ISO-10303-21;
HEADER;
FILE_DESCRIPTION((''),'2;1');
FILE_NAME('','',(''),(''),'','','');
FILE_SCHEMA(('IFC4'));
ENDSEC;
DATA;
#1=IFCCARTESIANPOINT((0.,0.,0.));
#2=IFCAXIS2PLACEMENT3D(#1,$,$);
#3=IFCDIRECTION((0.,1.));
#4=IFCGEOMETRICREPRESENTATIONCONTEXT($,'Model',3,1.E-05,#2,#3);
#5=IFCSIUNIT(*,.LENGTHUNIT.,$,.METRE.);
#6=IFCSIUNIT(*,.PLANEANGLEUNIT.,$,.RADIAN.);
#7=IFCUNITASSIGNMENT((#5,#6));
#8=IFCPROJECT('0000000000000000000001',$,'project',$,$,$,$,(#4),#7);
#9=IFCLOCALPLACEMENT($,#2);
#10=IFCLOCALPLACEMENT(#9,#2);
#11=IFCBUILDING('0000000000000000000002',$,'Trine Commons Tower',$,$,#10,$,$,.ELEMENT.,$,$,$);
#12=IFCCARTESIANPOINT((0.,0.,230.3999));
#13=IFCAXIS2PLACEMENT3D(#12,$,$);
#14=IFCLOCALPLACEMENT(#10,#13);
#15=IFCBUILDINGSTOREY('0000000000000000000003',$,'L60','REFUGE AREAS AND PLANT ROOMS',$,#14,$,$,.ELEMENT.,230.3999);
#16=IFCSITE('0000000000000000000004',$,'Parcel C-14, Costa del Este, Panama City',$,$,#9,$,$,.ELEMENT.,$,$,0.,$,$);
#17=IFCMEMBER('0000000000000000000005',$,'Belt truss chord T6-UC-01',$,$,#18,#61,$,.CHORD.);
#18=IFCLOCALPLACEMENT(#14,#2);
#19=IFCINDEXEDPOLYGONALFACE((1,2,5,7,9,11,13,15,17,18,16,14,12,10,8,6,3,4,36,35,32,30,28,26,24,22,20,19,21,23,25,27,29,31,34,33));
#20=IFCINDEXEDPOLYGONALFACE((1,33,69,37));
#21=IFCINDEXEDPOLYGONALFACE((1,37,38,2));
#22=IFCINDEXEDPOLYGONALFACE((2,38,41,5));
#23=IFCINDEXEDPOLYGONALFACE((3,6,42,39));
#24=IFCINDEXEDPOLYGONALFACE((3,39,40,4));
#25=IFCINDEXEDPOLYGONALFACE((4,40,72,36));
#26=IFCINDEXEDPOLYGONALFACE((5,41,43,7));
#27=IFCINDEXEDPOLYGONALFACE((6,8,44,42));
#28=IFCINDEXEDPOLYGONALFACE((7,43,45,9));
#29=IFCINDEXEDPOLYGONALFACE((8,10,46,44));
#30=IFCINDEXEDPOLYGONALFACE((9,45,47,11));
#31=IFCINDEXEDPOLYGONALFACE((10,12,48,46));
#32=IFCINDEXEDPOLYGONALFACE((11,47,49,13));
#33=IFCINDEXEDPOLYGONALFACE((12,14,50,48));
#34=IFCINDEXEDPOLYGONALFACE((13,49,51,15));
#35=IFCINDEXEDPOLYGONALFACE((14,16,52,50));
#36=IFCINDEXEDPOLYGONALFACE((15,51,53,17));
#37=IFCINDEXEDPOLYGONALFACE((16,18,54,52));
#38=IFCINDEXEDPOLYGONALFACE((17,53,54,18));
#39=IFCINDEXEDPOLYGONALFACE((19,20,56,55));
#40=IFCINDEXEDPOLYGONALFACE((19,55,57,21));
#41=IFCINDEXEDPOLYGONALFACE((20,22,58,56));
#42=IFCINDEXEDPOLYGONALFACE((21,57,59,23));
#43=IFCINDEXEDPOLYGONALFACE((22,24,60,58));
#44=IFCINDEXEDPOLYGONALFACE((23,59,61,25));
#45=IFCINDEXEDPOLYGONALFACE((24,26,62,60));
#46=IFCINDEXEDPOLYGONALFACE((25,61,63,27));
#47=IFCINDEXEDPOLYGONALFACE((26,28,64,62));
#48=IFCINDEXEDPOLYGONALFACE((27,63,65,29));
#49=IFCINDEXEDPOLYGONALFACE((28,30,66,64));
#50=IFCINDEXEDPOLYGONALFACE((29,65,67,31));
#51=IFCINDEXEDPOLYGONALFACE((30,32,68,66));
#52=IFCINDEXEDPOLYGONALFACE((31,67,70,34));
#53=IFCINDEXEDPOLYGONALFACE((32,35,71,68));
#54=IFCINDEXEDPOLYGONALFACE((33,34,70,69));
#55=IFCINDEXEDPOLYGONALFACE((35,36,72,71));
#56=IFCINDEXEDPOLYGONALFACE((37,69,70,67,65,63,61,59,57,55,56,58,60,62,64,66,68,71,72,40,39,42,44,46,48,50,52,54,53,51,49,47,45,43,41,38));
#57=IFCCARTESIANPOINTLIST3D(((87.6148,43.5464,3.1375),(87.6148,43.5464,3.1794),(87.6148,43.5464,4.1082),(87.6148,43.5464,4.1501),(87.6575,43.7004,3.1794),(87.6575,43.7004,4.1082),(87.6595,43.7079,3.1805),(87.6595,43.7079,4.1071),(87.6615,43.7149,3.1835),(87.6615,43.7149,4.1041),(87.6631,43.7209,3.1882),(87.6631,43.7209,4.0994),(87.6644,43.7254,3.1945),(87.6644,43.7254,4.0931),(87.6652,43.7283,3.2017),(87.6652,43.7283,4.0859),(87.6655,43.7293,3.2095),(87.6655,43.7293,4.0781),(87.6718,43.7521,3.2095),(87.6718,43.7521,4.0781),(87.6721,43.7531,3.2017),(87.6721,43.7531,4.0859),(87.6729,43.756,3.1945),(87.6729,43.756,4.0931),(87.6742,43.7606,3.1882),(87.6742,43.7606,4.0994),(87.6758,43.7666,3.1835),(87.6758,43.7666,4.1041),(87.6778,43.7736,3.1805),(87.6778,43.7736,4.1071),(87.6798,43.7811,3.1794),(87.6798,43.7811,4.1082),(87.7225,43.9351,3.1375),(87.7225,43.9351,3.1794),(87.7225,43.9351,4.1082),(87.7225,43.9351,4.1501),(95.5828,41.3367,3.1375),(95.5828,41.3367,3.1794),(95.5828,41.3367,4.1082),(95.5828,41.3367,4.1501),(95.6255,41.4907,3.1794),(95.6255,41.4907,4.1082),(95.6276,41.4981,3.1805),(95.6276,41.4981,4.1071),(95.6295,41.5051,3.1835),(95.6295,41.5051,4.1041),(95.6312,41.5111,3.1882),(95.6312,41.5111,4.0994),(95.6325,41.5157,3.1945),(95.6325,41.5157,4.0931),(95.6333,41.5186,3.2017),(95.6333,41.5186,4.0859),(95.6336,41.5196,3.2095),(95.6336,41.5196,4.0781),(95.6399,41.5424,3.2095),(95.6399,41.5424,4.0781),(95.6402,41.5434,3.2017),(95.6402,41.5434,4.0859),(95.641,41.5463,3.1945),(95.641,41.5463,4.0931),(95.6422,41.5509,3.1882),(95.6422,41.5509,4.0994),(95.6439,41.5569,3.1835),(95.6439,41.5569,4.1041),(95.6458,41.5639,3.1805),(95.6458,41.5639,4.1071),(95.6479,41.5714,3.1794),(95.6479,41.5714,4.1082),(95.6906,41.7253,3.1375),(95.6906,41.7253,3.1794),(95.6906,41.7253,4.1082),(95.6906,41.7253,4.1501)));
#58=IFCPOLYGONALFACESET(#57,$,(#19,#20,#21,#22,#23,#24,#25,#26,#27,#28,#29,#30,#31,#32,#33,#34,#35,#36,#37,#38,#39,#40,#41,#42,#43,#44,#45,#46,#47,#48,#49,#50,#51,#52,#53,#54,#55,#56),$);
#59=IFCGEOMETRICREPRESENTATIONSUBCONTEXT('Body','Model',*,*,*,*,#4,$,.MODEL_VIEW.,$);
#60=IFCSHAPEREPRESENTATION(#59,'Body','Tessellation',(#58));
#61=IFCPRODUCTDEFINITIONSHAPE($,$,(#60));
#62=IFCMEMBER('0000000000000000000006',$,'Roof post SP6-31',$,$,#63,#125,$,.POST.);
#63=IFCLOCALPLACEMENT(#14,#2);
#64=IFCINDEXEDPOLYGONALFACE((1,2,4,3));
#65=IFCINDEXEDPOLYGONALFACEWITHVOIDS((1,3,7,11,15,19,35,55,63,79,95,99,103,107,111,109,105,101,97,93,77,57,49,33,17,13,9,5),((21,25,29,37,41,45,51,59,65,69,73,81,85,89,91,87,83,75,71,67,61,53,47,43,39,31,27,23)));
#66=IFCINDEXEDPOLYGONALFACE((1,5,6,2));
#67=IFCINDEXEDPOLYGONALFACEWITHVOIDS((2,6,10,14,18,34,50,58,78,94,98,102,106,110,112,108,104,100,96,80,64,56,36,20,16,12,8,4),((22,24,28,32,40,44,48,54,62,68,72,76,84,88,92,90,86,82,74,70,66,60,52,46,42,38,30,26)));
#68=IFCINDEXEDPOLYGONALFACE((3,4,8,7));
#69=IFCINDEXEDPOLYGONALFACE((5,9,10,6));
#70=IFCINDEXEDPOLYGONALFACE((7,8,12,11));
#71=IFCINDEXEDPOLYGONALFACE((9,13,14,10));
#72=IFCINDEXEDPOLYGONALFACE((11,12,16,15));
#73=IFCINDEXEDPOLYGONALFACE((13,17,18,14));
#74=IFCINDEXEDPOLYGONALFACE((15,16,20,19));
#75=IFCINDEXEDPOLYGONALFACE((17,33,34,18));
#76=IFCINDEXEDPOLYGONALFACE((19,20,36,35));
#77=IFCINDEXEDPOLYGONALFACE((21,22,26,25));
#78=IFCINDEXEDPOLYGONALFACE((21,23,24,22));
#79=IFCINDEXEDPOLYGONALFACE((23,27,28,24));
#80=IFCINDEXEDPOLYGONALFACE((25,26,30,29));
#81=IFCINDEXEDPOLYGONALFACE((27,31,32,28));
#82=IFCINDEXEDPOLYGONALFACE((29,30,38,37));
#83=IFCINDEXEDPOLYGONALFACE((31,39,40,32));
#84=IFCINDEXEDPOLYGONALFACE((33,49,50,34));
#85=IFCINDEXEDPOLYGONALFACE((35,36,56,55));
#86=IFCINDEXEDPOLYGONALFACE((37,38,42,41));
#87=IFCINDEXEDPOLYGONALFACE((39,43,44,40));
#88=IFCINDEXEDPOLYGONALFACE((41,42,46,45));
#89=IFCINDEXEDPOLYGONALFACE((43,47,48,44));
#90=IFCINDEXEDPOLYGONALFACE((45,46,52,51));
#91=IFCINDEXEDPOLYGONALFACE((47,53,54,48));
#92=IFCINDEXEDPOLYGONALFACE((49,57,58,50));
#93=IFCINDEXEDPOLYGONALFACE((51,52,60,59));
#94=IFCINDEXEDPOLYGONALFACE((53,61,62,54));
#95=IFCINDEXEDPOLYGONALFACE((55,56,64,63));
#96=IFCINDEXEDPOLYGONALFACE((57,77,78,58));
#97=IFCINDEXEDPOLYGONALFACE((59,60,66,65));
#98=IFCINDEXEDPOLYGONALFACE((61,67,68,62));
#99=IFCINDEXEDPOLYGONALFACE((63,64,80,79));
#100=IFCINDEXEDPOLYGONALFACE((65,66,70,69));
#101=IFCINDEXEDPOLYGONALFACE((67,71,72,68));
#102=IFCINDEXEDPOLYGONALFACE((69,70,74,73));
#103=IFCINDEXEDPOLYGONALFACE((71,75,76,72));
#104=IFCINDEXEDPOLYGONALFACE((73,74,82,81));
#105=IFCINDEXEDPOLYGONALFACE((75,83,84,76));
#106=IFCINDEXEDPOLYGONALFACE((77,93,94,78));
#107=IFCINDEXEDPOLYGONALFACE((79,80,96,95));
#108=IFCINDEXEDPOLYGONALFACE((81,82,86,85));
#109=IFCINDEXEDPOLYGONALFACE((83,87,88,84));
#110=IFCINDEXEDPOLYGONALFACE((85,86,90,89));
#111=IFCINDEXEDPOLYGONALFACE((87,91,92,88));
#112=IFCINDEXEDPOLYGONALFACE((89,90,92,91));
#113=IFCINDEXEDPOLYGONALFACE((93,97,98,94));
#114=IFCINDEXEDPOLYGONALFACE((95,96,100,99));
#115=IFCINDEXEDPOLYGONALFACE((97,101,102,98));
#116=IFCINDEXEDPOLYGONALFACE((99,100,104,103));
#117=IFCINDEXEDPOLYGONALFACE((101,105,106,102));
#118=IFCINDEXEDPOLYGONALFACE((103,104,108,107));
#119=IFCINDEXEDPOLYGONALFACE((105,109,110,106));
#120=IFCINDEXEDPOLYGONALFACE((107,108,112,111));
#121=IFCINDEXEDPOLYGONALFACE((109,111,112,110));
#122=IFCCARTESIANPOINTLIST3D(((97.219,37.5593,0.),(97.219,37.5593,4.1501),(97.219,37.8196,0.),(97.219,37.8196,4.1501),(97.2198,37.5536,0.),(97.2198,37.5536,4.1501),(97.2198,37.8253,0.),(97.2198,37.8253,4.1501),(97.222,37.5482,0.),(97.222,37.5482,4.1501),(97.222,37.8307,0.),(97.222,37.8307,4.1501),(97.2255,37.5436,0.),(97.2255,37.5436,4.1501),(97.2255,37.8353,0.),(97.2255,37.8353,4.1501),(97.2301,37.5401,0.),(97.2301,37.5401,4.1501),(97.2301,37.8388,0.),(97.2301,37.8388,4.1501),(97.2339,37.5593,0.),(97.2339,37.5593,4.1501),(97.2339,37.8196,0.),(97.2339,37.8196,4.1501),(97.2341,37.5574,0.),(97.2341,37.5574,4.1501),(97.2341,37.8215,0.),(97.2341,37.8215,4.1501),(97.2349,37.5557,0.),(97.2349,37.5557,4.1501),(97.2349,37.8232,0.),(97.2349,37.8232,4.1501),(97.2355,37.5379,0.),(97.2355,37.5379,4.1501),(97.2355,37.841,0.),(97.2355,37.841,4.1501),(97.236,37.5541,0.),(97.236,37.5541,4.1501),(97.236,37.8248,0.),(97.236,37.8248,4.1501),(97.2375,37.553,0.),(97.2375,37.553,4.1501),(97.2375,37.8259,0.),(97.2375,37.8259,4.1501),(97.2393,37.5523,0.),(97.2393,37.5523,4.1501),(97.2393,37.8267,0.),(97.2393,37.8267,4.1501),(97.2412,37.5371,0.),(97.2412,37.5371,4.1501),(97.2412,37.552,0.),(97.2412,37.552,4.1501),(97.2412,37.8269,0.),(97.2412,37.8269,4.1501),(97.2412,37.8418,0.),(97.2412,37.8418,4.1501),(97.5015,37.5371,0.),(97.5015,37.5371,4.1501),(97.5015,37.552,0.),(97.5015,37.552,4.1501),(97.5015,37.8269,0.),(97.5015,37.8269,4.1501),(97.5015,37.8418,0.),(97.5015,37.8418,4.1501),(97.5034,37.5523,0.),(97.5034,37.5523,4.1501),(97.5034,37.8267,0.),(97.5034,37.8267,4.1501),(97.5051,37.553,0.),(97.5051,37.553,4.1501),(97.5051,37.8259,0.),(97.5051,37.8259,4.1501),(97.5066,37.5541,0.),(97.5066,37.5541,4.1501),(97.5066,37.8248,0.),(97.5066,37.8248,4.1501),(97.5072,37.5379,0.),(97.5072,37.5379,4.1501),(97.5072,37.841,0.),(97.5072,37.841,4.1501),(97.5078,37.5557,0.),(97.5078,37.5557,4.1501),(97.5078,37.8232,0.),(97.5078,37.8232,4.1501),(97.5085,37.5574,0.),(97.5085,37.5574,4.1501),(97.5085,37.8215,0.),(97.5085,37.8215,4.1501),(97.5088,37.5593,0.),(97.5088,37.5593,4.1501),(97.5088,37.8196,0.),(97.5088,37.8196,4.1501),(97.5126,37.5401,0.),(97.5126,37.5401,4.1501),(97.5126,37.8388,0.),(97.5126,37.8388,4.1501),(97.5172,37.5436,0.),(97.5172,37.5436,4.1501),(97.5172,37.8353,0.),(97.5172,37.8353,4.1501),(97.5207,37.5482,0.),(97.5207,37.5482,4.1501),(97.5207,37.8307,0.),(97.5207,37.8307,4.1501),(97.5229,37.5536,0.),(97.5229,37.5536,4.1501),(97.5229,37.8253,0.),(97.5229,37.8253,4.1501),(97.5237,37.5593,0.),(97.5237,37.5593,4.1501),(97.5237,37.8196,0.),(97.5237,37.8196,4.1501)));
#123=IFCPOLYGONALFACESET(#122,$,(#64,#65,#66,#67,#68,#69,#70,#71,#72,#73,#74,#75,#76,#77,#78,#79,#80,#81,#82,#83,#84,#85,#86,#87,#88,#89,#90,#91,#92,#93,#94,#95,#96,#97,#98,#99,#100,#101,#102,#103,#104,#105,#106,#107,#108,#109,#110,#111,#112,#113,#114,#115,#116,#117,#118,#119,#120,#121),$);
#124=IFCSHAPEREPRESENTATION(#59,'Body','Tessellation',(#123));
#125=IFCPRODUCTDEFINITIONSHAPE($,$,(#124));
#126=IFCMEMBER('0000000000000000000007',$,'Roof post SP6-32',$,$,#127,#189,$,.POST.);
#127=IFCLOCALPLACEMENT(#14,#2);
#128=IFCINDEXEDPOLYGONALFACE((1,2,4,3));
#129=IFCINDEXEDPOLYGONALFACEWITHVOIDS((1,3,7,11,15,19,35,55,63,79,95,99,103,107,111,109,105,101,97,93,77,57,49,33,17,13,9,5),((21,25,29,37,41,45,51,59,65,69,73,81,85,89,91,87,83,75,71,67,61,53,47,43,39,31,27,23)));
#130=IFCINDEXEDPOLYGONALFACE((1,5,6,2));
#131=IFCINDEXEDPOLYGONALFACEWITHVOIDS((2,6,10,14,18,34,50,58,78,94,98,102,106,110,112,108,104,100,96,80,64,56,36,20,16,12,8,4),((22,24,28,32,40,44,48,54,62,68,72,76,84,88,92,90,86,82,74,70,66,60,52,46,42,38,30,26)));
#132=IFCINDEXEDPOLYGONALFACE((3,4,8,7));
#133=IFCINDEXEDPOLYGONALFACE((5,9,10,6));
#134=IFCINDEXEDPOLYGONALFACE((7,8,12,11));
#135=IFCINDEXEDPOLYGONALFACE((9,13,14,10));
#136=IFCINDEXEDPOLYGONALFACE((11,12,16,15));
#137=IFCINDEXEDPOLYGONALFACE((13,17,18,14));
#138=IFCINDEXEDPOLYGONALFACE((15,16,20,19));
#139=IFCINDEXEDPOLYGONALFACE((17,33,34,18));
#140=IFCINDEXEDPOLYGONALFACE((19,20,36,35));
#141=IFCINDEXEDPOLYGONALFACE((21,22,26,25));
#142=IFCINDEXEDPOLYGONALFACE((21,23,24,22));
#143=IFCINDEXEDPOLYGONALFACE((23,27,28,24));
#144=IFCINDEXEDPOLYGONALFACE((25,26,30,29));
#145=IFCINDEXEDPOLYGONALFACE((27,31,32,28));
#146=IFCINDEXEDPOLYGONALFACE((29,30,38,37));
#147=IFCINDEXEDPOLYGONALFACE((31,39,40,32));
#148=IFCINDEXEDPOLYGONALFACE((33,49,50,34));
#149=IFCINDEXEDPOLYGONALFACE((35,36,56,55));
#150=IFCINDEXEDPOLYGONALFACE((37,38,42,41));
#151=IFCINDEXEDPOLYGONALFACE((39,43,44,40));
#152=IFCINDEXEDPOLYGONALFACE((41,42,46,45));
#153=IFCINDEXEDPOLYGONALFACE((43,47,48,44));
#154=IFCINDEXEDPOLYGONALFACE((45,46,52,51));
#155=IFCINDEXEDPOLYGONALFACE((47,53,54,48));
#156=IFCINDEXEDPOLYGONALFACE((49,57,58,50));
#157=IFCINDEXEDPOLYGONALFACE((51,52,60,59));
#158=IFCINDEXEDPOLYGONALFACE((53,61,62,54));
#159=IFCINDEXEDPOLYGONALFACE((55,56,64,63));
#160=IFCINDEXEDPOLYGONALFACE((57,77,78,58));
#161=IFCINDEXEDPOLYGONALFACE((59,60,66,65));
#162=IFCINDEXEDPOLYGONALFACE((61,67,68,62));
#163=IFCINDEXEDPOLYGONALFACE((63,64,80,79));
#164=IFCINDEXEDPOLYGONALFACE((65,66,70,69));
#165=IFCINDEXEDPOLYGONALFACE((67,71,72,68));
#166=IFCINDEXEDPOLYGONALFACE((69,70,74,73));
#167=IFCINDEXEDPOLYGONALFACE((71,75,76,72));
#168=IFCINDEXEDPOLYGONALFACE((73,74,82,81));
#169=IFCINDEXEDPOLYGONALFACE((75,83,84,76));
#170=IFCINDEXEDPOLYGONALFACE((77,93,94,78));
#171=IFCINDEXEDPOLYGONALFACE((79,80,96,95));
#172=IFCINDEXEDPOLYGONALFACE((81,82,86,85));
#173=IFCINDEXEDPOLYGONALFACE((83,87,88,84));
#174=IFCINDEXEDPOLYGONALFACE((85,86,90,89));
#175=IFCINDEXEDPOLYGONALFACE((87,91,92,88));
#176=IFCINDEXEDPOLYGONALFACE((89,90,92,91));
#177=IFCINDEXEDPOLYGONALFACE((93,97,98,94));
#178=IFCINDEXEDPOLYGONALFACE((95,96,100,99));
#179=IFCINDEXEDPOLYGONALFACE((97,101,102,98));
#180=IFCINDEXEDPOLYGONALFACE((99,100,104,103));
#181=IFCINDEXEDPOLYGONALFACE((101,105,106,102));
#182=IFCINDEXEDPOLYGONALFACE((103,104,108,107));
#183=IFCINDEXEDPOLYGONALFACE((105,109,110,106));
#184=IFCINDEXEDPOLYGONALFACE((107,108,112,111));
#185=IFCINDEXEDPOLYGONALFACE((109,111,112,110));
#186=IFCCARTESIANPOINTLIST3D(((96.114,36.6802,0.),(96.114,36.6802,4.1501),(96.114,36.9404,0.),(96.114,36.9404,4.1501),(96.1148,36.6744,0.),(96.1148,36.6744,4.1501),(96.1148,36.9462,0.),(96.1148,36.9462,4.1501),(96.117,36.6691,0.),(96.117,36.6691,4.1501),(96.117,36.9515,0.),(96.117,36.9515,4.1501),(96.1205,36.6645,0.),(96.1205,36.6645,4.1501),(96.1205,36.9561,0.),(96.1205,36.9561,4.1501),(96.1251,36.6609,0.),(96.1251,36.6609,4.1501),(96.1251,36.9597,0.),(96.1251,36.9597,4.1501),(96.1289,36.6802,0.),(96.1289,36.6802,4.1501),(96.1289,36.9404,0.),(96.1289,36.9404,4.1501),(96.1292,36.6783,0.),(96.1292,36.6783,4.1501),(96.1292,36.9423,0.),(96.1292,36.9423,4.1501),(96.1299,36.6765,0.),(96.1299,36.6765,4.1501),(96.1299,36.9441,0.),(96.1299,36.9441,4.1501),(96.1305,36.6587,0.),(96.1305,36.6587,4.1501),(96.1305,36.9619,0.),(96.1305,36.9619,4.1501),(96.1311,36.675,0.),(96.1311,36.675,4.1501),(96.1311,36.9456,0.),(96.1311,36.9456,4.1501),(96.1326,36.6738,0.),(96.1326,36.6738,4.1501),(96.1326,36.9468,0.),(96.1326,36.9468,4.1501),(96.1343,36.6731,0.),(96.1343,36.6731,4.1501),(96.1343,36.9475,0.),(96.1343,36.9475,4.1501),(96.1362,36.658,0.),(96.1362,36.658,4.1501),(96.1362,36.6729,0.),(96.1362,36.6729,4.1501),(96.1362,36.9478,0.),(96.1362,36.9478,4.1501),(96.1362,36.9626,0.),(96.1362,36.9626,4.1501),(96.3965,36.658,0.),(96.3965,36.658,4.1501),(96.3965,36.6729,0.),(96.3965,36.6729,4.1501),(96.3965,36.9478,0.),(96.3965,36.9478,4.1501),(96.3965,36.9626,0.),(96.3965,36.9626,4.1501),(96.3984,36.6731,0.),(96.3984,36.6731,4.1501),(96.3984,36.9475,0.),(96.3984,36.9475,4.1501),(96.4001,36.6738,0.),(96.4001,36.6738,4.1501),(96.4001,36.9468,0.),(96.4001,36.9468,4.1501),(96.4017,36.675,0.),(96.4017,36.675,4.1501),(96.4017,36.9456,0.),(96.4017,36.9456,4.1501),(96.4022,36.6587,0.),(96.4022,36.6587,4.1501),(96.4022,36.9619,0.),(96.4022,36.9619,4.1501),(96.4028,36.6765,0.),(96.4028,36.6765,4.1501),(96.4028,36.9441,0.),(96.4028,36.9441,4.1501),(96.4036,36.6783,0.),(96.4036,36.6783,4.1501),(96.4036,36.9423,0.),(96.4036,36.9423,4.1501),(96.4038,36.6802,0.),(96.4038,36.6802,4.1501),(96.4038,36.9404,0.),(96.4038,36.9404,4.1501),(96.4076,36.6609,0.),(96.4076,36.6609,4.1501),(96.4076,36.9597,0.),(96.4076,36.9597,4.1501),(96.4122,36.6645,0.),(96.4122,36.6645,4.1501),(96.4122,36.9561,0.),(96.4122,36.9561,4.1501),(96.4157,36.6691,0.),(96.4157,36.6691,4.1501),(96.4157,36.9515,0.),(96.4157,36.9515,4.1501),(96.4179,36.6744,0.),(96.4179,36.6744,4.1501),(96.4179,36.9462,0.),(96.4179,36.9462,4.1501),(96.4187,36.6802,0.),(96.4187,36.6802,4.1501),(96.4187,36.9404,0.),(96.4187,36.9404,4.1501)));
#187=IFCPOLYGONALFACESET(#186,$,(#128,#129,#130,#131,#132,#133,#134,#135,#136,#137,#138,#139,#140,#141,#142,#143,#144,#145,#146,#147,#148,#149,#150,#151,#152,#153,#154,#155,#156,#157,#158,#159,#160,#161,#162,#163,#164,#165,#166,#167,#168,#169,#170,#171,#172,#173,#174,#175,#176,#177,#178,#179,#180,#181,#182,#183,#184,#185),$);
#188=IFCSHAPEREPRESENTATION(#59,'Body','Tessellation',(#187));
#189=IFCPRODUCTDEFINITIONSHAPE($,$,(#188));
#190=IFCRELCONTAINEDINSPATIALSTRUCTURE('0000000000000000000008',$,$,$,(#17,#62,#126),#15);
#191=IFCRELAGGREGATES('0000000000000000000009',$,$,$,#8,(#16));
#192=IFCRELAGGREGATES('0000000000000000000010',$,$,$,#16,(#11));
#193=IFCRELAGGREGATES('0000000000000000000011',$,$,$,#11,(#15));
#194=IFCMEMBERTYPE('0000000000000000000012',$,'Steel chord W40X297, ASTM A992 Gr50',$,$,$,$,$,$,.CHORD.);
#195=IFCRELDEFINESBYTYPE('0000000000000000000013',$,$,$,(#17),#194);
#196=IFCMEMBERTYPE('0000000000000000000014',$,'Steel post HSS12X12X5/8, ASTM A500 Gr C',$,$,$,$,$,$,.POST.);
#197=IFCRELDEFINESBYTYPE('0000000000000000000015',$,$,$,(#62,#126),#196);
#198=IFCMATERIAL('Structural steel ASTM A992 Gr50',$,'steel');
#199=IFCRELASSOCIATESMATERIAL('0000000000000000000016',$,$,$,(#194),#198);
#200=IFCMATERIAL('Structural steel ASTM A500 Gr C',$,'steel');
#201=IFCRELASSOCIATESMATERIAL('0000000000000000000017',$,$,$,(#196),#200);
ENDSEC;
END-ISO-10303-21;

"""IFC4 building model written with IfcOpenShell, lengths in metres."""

from ifc_helpers import new_model, si_unit, direction, frame, origin, origin_2d, place, context, subcontext, project, spatial, hollow_rectangle, i_section, extrude, material, material_profile, profile_set, type_object, element, save


model = new_model("IFC4")

# Units and contexts
model_context = context("Model", 3, precision=1e-05, world=origin(), true_north=direction((0.0, 1.0)))
body_context = subcontext(model_context, "Body", "Model", "MODEL_VIEW")
ifc_project = project(units=[si_unit("LENGTHUNIT", "METRE"), si_unit("PLANEANGLEUNIT", "RADIAN")], contexts=[model_context])

# Site, building, storey
site_placement = place(None, origin())
site = spatial("IfcSite", under=ifc_project, at=site_placement, Name="Parcel C-14, Costa del Este, Panama City", CompositionType="ELEMENT", RefElevation=0.0)
building_placement = place(site_placement, origin())
building = spatial("IfcBuilding", under=site, at=building_placement, Name="Trine Commons Tower", CompositionType="ELEMENT")
storey_placement = place(building_placement, frame((0.0, 0.0, 230.3999)))
storey = spatial("IfcBuildingStorey", under=building, at=storey_placement, Name="L60", Description="REFUGE AREAS AND PLANT ROOMS", CompositionType="ELEMENT", Elevation=230.3999)

# Shared definitions
ifc_material_1 = material(Name="Structural steel ASTM A992 Gr50", Category="steel")

# Members
ifc_material_profile_1 = material_profile(ifc_material_1, i_section(OverallWidth=0.4033, OverallDepth=1.0127, WebThickness=0.0237, FlangeThickness=0.042, FilletRadius=0.03, at=origin_2d()), Name="W40X297")
ifc_profile_set_1 = profile_set([ifc_material_profile_1], Name="Structural steel ASTM A992 Gr50")
member_type_1 = type_object("IfcMemberType", Name="Steel chord W40X297, ASTM A992 Gr50", PredefinedType="CHORD", material=ifc_profile_set_1)
member_1_placement = place(storey_placement, frame((95.6367, 41.531, 3.6438), z_axis=(-0.963631, 0.267237, 0.0), x_axis=(-0.267237, -0.963631, 0.0)))
element("IfcMember", 1, at=member_1_placement, inside=storey, type_object=member_type_1, Name="Belt truss chord T6-UC-01", PredefinedType="CHORD", context=body_context, shape_type="SweptSolid", body=[
    extrude(i_section(OverallWidth=0.4033, OverallDepth=1.0127, WebThickness=0.0237, FlangeThickness=0.042, FilletRadius=0.03, at=origin_2d()), origin(), (0.0, 0.0, 1.0), 8.2688),
])
ifc_material_2 = material(Name="Structural steel ASTM A500 Gr C", Category="steel")
ifc_material_profile_2 = material_profile(ifc_material_2, hollow_rectangle(XDim=0.3047, YDim=0.3047, WallThickness=0.0149, InnerFilletRadius=0.0073, OuterFilletRadius=0.0222, at=origin_2d()), Name="HSS12X12X5/8")
ifc_profile_set_2 = profile_set([ifc_material_profile_2], Name="Structural steel ASTM A500 Gr C")
member_type_2 = type_object("IfcMemberType", Name="Steel post HSS12X12X5/8, ASTM A500 Gr C", PredefinedType="POST", material=ifc_profile_set_2)
for number, where, z_axis, x_axis, name in (
    (2, (97.3713, 37.6895, 0.0), (0.0, 0.0, 1.0), (1.0, 0.0, 0.0), "Roof post SP6-31"),
    (3, (96.2664, 36.8103, 0.0), (0.0, 0.0, 1.0), (1.0, 0.0, 0.0), "Roof post SP6-32"),
):
    element("IfcMember", number, at=place(storey_placement, frame(where, z_axis=z_axis, x_axis=x_axis)), inside=storey, type_object=member_type_2, Name=name, PredefinedType="POST", context=body_context, shape_type="SweptSolid", body=[
        extrude(hollow_rectangle(XDim=0.3047, YDim=0.3047, WallThickness=0.0149, InnerFilletRadius=0.0073, OuterFilletRadius=0.0222, at=origin_2d()), origin(), (0.0, 0.0, 1.0), 4.1501),
    ])

save(model, "model.ifc")
